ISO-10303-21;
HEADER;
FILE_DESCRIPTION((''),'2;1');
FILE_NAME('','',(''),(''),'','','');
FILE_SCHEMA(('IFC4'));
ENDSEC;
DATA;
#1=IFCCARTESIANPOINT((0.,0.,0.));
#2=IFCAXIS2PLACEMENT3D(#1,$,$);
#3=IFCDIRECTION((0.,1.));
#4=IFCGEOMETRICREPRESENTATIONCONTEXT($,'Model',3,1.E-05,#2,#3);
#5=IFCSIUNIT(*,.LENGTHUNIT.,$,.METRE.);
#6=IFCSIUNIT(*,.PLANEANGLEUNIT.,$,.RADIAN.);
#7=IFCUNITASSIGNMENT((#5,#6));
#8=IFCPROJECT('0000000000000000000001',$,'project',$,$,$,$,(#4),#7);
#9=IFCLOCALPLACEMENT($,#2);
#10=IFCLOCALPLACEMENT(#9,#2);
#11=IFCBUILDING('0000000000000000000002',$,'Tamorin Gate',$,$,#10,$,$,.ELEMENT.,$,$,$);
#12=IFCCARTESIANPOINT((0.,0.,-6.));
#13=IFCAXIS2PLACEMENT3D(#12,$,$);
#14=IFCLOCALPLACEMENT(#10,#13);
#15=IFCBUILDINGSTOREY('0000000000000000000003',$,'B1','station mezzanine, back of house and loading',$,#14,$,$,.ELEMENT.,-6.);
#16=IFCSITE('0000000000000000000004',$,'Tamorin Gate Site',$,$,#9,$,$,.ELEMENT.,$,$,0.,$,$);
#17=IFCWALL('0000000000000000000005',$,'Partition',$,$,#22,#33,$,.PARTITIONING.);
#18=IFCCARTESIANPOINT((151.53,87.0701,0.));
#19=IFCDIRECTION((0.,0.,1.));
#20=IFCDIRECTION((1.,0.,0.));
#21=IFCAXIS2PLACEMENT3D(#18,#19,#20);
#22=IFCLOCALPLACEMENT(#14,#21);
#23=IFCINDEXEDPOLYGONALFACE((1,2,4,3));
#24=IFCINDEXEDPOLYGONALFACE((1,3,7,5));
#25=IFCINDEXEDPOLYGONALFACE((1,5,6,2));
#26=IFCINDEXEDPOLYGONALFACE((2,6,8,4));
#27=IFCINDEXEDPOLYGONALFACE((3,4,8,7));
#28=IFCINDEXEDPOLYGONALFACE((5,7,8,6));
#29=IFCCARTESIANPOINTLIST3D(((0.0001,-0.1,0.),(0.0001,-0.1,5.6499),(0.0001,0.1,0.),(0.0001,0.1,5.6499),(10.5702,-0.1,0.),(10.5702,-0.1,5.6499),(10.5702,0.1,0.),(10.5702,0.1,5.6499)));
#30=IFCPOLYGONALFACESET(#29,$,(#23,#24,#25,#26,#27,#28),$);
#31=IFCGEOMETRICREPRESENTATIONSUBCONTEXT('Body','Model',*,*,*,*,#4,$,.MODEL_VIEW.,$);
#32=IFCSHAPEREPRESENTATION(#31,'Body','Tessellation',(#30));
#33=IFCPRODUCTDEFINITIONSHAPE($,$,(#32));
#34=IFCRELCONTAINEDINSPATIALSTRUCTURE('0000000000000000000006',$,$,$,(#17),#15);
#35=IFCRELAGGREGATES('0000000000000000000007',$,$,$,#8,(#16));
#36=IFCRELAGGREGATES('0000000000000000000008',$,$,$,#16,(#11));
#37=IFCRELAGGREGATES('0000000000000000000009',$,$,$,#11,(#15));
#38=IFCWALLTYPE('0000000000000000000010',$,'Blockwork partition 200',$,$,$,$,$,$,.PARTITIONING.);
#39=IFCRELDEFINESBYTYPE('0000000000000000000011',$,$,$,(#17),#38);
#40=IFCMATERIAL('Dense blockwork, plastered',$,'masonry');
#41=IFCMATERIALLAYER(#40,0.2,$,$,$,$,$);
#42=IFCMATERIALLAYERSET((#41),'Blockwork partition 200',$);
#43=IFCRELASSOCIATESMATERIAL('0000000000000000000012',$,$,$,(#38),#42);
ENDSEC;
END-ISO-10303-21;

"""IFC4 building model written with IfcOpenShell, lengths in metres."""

from ifc_helpers import new_model, si_unit, direction, frame, frame_2d, origin, place, context, subcontext, project, spatial, rectangle, extrude, material, layer, layer_set, type_object, element, save


model = new_model("IFC4")

# Units and contexts
model_context = context("Model", 3, precision=1e-05, world=origin(), true_north=direction((0.0, 1.0)))
body_context = subcontext(model_context, "Body", "Model", "MODEL_VIEW")
ifc_project = project(units=[si_unit("LENGTHUNIT", "METRE"), si_unit("PLANEANGLEUNIT", "RADIAN")], contexts=[model_context])

# Site, building, storey
site_placement = place(None, origin())
site = spatial("IfcSite", under=ifc_project, at=site_placement, Name="Tamorin Gate Site", CompositionType="ELEMENT", RefElevation=0.0)
building_placement = place(site_placement, origin())
building = spatial("IfcBuilding", under=site, at=building_placement, Name="Tamorin Gate", CompositionType="ELEMENT")
storey_placement = place(building_placement, frame((0.0, 0.0, -6.0)))
storey = spatial("IfcBuildingStorey", under=building, at=storey_placement, Name="B1", Description="station mezzanine, back of house and loading", CompositionType="ELEMENT", Elevation=-6.0)

# Wall
ifc_material_1 = material(Name="Dense blockwork, plastered", Category="masonry")
ifc_layer_1 = layer(ifc_material_1, 0.2)
ifc_layer_set_1 = layer_set([ifc_layer_1], Name="Blockwork partition 200")
wall_type_1 = type_object("IfcWallType", Name="Blockwork partition 200", PredefinedType="PARTITIONING", material=ifc_layer_set_1)
wall_1_placement = place(storey_placement, frame((151.53, 87.0701, 0.0), z_axis=(0.0, 0.0, 1.0), x_axis=(1.0, 0.0, 0.0)))
element("IfcWall", 1, at=wall_1_placement, inside=storey, type_object=wall_type_1, Name="Partition", PredefinedType="PARTITIONING", context=body_context, shape_type="SweptSolid", body=[
    extrude(rectangle(XDim=10.5701, YDim=0.2, at=frame_2d((5.2852, 0.0))), origin(), (0.0, 0.0, 1.0), 5.6499),
])

save(model, "model.ifc")
